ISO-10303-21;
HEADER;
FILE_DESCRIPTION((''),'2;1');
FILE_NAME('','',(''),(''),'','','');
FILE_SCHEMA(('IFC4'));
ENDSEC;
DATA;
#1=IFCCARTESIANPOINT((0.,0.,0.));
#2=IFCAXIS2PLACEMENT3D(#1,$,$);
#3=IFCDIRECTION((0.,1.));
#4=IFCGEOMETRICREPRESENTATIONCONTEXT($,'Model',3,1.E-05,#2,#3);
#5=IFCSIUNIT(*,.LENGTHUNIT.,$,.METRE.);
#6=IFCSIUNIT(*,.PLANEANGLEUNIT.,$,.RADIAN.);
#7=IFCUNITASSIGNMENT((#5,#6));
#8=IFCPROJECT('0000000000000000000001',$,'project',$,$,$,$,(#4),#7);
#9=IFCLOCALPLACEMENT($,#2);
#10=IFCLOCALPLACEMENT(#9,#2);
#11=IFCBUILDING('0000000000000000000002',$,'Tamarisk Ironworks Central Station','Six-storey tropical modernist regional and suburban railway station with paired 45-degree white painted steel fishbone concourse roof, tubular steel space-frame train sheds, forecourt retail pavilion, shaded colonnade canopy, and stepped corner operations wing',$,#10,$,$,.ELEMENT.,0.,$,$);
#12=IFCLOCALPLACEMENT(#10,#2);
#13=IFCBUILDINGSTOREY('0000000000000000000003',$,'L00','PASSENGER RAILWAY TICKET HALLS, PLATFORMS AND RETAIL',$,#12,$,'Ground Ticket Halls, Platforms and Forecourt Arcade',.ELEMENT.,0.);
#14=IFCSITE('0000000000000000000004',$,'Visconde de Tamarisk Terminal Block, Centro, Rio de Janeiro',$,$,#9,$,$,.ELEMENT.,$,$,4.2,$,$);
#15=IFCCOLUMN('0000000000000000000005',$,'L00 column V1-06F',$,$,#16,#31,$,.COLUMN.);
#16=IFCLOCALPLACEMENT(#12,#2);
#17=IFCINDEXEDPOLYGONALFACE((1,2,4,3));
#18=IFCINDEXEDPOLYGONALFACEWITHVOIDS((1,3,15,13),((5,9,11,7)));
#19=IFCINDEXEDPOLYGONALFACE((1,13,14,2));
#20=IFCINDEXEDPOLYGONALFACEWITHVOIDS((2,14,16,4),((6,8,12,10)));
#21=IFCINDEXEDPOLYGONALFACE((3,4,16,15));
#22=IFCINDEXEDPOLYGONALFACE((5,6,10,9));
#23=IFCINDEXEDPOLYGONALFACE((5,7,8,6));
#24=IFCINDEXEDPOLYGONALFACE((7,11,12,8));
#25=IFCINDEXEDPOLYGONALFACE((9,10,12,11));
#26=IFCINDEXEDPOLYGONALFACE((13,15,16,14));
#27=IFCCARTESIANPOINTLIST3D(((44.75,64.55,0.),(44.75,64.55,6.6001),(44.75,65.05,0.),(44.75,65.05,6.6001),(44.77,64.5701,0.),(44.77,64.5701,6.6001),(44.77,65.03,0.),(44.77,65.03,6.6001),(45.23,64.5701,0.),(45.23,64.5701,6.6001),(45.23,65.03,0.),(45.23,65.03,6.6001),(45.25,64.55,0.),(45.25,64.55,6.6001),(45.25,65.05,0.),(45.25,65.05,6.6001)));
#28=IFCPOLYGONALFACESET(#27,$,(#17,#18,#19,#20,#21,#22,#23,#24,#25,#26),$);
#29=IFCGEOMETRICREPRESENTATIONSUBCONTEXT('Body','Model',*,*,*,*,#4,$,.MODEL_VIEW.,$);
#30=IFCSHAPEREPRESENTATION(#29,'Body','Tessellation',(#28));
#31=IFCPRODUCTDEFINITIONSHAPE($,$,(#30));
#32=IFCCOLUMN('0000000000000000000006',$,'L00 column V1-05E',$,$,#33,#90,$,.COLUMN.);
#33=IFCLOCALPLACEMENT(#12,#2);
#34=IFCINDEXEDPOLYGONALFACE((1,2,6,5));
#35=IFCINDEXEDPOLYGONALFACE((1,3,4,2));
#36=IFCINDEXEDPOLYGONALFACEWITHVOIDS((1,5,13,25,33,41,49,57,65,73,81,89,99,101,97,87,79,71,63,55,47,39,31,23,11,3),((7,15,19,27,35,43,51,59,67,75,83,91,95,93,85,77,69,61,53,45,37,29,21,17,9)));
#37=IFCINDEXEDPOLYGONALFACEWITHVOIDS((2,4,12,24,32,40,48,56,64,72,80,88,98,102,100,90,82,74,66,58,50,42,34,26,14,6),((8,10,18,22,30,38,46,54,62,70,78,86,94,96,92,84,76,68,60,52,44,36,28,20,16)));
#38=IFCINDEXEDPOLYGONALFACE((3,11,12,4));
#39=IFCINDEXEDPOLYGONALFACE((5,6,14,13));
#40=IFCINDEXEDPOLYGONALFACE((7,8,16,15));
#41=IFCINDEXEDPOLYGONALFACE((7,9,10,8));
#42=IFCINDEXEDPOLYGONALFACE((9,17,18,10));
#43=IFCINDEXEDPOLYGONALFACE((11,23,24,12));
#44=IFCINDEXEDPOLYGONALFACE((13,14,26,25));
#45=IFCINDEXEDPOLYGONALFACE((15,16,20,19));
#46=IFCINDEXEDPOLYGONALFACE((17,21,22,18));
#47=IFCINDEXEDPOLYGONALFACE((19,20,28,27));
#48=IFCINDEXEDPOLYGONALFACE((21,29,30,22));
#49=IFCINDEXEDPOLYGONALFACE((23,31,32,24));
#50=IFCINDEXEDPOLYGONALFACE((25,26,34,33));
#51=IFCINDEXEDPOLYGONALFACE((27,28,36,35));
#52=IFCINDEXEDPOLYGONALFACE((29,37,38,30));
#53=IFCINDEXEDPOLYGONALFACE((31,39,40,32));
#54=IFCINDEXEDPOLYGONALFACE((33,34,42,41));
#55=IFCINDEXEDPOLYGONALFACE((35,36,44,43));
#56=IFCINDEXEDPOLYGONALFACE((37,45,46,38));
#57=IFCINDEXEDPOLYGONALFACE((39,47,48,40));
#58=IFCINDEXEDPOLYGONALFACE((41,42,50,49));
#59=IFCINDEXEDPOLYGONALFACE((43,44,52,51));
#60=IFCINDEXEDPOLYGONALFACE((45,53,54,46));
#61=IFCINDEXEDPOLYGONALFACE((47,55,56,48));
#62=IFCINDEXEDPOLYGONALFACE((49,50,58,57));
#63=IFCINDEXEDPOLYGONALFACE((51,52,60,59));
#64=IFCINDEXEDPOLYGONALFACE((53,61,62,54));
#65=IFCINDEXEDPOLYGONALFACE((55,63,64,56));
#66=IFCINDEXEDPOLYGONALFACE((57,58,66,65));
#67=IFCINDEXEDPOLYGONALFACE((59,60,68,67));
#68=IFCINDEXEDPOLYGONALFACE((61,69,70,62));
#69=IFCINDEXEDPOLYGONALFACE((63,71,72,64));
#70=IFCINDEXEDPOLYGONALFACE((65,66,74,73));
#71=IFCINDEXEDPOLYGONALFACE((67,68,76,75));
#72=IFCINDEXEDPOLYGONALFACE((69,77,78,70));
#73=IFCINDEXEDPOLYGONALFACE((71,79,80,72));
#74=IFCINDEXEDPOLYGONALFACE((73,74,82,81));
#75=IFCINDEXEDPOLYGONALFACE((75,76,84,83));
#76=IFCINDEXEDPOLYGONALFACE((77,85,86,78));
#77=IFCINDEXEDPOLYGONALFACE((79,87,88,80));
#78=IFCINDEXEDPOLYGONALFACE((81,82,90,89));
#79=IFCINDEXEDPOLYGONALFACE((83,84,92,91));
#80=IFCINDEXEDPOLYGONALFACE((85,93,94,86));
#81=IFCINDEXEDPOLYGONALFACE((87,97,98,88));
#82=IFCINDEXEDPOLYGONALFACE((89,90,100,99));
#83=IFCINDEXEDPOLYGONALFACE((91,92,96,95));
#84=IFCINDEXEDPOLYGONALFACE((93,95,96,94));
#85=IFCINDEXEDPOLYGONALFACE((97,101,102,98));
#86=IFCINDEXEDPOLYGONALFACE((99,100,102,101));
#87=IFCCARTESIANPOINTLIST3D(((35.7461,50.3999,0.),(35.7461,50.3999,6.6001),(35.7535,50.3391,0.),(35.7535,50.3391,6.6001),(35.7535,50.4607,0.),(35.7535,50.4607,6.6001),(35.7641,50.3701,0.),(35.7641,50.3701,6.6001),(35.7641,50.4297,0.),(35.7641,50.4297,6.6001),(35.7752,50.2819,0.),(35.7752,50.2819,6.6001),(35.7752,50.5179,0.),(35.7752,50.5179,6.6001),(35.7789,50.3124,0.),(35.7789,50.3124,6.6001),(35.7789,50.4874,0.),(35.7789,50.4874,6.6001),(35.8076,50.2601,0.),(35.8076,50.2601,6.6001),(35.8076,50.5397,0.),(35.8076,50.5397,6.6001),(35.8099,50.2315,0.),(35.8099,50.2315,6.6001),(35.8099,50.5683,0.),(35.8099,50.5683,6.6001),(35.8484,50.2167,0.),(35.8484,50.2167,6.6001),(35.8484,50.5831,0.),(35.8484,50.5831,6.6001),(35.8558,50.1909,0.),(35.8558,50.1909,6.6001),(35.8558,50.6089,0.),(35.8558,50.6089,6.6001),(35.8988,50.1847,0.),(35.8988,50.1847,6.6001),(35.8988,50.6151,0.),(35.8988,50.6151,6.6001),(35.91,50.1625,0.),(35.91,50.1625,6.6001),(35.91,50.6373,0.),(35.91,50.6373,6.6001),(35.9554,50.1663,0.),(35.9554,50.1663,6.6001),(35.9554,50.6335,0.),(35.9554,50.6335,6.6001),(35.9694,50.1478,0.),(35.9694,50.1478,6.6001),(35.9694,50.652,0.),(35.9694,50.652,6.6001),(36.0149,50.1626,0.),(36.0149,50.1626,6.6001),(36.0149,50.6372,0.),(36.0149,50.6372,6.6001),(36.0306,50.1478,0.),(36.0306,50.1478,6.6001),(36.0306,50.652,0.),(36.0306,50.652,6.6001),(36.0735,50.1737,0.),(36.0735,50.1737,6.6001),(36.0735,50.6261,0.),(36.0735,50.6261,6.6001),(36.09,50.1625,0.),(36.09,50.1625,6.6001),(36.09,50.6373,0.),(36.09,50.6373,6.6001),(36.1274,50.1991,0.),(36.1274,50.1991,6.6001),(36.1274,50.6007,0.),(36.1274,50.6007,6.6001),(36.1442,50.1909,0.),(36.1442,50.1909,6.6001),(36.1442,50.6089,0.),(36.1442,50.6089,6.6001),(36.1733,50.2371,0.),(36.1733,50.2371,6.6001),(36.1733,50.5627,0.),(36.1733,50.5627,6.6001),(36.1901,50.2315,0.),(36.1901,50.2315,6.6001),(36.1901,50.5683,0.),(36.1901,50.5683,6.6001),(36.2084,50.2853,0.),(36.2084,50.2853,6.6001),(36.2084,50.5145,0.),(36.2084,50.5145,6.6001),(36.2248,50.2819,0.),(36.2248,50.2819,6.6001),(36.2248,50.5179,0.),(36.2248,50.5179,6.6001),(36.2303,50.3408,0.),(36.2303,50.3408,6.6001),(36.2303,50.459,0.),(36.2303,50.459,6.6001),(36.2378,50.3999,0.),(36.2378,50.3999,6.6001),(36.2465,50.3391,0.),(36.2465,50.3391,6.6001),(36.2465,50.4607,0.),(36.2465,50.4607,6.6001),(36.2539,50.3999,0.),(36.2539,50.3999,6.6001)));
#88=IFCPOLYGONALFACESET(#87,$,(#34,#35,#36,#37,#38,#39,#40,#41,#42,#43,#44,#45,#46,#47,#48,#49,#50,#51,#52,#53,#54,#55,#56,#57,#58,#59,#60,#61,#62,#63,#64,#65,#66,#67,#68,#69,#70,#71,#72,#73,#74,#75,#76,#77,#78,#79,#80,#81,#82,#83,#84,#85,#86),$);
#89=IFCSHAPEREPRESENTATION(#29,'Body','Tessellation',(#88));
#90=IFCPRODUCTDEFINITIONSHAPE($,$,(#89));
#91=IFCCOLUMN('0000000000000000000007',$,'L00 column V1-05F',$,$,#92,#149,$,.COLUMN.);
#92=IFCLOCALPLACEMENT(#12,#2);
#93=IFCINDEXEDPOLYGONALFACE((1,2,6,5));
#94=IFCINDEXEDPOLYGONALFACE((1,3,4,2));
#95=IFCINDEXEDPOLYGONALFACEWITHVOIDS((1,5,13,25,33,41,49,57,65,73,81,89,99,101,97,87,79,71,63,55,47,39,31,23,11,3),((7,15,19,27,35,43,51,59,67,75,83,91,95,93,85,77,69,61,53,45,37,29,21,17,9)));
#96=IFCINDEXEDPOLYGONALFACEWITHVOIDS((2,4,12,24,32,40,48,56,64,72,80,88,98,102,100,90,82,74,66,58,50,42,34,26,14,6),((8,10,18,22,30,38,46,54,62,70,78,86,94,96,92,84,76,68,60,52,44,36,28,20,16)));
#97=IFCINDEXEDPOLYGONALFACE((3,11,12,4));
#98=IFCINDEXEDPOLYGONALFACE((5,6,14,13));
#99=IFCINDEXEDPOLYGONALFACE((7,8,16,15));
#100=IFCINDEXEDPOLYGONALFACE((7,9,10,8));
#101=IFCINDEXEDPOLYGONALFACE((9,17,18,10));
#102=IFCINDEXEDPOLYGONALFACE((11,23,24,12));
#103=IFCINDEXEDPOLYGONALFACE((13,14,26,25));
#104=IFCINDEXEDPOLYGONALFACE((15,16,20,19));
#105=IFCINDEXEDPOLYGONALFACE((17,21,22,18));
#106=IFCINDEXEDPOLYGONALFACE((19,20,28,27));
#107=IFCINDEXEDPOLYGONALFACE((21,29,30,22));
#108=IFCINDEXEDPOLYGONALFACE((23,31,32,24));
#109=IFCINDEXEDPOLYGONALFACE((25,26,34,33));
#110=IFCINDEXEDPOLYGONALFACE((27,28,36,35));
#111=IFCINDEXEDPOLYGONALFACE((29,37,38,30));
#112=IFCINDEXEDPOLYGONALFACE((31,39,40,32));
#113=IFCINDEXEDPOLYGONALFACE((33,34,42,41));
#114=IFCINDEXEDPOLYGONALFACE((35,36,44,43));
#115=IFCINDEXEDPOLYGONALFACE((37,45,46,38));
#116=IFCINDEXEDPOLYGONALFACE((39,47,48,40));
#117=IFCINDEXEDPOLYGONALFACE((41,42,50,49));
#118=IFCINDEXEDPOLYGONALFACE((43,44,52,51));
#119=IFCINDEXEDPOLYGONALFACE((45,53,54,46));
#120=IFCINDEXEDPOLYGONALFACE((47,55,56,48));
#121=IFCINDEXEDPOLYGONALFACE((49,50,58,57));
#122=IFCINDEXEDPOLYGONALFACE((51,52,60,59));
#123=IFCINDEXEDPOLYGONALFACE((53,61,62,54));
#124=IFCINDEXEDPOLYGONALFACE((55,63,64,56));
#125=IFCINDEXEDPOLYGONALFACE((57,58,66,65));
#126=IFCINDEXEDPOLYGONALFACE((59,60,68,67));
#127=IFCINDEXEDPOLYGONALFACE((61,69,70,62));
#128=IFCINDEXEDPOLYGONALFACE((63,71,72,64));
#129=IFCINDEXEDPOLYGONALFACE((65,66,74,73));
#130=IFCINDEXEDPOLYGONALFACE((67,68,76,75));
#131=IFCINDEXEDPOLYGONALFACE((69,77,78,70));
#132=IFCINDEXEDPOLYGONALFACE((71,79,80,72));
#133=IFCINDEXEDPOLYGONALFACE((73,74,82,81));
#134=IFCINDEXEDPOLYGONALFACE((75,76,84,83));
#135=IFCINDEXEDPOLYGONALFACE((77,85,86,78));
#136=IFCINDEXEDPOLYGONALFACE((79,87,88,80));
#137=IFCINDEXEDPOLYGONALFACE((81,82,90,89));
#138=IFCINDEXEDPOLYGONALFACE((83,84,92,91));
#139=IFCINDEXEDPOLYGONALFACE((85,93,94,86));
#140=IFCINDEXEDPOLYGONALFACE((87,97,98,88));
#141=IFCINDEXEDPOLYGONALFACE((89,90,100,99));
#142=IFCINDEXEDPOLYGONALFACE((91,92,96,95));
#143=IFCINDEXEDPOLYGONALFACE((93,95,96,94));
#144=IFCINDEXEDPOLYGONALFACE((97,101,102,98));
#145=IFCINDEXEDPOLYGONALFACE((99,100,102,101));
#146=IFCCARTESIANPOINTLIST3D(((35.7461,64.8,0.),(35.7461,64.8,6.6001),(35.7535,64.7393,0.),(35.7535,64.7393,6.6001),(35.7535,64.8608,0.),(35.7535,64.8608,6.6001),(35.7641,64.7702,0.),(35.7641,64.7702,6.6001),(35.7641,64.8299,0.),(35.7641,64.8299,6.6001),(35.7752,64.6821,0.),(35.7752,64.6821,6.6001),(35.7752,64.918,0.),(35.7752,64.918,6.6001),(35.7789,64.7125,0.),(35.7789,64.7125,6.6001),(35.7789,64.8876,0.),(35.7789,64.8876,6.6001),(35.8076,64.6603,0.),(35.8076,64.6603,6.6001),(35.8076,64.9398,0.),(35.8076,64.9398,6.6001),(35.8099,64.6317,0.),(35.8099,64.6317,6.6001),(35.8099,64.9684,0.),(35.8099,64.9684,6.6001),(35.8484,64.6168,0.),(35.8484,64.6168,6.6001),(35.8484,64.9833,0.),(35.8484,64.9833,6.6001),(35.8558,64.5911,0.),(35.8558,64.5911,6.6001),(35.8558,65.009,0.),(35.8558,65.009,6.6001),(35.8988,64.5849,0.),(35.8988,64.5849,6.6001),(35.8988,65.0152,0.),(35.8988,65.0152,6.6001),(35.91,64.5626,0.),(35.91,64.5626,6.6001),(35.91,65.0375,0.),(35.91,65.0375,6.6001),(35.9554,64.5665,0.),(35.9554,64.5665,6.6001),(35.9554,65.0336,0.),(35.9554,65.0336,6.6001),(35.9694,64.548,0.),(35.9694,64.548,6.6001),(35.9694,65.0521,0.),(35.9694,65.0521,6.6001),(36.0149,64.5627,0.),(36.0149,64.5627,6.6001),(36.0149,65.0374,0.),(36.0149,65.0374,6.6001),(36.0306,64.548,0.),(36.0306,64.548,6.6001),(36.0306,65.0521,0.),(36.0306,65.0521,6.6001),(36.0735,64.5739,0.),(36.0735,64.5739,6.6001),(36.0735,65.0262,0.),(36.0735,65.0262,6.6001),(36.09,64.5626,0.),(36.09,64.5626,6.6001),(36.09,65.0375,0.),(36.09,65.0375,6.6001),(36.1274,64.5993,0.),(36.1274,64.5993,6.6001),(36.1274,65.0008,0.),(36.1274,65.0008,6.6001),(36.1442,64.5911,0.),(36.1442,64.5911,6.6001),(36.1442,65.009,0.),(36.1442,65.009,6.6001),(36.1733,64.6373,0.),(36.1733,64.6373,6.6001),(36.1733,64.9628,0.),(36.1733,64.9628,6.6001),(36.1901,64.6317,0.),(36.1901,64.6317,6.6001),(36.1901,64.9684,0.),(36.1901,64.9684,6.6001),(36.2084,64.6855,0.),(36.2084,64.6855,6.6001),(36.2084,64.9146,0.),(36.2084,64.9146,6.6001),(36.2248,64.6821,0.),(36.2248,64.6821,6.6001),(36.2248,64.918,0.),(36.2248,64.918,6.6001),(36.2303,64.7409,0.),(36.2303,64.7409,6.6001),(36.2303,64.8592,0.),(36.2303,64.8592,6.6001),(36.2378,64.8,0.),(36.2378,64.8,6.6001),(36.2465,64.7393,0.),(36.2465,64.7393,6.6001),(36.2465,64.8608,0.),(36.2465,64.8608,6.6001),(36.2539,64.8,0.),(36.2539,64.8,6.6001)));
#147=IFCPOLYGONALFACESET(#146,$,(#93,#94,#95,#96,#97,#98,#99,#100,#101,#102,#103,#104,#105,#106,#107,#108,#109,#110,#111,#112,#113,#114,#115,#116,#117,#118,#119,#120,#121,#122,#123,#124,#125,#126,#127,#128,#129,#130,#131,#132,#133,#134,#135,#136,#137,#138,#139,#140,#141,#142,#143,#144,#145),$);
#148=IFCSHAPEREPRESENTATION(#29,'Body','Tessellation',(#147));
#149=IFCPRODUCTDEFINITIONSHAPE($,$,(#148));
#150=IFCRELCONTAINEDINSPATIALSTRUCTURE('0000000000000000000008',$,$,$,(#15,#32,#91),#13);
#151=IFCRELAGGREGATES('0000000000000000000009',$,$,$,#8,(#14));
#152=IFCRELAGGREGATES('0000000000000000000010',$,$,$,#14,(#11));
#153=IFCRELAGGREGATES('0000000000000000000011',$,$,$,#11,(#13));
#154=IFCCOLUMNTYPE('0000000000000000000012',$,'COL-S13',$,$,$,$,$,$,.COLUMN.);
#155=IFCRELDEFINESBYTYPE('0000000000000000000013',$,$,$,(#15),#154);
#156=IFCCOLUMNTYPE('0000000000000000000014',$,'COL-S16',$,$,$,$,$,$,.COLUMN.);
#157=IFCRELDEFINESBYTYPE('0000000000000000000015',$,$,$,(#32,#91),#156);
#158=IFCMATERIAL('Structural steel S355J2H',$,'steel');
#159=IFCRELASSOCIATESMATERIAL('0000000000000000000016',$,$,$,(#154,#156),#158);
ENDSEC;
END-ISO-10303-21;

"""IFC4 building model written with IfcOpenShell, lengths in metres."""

from ifc_helpers import new_model, si_unit, direction, frame, origin, origin_2d, place, context, subcontext, project, spatial, hollow_rectangle, hollow_circle, extrude, material, material_profile, profile_set, type_object, element, save


model = new_model("IFC4")

# Units and contexts
model_context = context("Model", 3, precision=1e-05, world=origin(), true_north=direction((0.0, 1.0)))
body_context = subcontext(model_context, "Body", "Model", "MODEL_VIEW")
ifc_project = project(units=[si_unit("LENGTHUNIT", "METRE"), si_unit("PLANEANGLEUNIT", "RADIAN")], contexts=[model_context])

# Site, building, storey
site_placement = place(None, origin())
site = spatial("IfcSite", under=ifc_project, at=site_placement, Name="Visconde de Tamarisk Terminal Block, Centro, Rio de Janeiro", CompositionType="ELEMENT", RefElevation=4.2)
building_placement = place(site_placement, origin())
building = spatial("IfcBuilding", under=site, at=building_placement, Name="Tamarisk Ironworks Central Station", Description="Six-storey tropical modernist regional and suburban railway station with paired 45-degree white painted steel fishbone concourse roof, tubular steel space-frame train sheds, forecourt retail pavilion, shaded colonnade canopy, and stepped corner operations wing", CompositionType="ELEMENT", ElevationOfRefHeight=0.0)
storey_placement = place(building_placement, origin())
storey = spatial("IfcBuildingStorey", under=building, at=storey_placement, Name="L00", Description="PASSENGER RAILWAY TICKET HALLS, PLATFORMS AND RETAIL", LongName="Ground Ticket Halls, Platforms and Forecourt Arcade", CompositionType="ELEMENT", Elevation=0.0)

# Columns
ifc_material_1 = material(Name="Structural steel S355J2H", Category="steel")
ifc_material_profile_1 = material_profile(ifc_material_1, hollow_rectangle(XDim=0.5, YDim=0.5, WallThickness=0.02, at=origin_2d()), Name="SHS 500x500x20")
ifc_profile_set_1 = profile_set([ifc_material_profile_1], Name="Structural steel S355J2H")
column_type_1 = type_object("IfcColumnType", Name="COL-S13", PredefinedType="COLUMN", material=ifc_profile_set_1)
for number, where, z_axis, x_axis, name in (
    (1, (45.0, 64.8, 0.0), (0.0, 0.0, 1.0), (1.0, 0.0, 0.0), "L00 column V1-06F"),
):
    element("IfcColumn", number, at=place(storey_placement, frame(where, z_axis=z_axis, x_axis=x_axis)), inside=storey, type_object=column_type_1, Name=name, PredefinedType="COLUMN", context=body_context, shape_type="SweptSolid", body=[
        extrude(hollow_rectangle(XDim=0.5, YDim=0.5, WallThickness=0.02, at=origin_2d()), origin(), (0.0, 0.0, 1.0), 6.6001),
    ])
ifc_material_profile_2 = material_profile(ifc_material_1, hollow_circle(Radius=0.2539, WallThickness=0.0161, at=origin_2d()), Name="CHS 508x16")
ifc_profile_set_2 = profile_set([ifc_material_profile_2], Name="Structural steel S355J2H")
column_type_2 = type_object("IfcColumnType", Name="COL-S16", PredefinedType="COLUMN", material=ifc_profile_set_2)
for number, where, z_axis, x_axis, name in (
    (2, (36.0, 50.3999, 0.0), (0.0, 0.0, 1.0), (1.0, 0.0, 0.0), "L00 column V1-05E"),
    (3, (36.0, 64.8, 0.0), (0.0, 0.0, 1.0), (1.0, 0.0, 0.0), "L00 column V1-05F"),
):
    element("IfcColumn", number, at=place(storey_placement, frame(where, z_axis=z_axis, x_axis=x_axis)), inside=storey, type_object=column_type_2, Name=name, PredefinedType="COLUMN", context=body_context, shape_type="SweptSolid", body=[
        extrude(hollow_circle(Radius=0.2539, WallThickness=0.0161, at=origin_2d()), origin(), (0.0, 0.0, 1.0), 6.6001),
    ])

save(model, "model.ifc")
